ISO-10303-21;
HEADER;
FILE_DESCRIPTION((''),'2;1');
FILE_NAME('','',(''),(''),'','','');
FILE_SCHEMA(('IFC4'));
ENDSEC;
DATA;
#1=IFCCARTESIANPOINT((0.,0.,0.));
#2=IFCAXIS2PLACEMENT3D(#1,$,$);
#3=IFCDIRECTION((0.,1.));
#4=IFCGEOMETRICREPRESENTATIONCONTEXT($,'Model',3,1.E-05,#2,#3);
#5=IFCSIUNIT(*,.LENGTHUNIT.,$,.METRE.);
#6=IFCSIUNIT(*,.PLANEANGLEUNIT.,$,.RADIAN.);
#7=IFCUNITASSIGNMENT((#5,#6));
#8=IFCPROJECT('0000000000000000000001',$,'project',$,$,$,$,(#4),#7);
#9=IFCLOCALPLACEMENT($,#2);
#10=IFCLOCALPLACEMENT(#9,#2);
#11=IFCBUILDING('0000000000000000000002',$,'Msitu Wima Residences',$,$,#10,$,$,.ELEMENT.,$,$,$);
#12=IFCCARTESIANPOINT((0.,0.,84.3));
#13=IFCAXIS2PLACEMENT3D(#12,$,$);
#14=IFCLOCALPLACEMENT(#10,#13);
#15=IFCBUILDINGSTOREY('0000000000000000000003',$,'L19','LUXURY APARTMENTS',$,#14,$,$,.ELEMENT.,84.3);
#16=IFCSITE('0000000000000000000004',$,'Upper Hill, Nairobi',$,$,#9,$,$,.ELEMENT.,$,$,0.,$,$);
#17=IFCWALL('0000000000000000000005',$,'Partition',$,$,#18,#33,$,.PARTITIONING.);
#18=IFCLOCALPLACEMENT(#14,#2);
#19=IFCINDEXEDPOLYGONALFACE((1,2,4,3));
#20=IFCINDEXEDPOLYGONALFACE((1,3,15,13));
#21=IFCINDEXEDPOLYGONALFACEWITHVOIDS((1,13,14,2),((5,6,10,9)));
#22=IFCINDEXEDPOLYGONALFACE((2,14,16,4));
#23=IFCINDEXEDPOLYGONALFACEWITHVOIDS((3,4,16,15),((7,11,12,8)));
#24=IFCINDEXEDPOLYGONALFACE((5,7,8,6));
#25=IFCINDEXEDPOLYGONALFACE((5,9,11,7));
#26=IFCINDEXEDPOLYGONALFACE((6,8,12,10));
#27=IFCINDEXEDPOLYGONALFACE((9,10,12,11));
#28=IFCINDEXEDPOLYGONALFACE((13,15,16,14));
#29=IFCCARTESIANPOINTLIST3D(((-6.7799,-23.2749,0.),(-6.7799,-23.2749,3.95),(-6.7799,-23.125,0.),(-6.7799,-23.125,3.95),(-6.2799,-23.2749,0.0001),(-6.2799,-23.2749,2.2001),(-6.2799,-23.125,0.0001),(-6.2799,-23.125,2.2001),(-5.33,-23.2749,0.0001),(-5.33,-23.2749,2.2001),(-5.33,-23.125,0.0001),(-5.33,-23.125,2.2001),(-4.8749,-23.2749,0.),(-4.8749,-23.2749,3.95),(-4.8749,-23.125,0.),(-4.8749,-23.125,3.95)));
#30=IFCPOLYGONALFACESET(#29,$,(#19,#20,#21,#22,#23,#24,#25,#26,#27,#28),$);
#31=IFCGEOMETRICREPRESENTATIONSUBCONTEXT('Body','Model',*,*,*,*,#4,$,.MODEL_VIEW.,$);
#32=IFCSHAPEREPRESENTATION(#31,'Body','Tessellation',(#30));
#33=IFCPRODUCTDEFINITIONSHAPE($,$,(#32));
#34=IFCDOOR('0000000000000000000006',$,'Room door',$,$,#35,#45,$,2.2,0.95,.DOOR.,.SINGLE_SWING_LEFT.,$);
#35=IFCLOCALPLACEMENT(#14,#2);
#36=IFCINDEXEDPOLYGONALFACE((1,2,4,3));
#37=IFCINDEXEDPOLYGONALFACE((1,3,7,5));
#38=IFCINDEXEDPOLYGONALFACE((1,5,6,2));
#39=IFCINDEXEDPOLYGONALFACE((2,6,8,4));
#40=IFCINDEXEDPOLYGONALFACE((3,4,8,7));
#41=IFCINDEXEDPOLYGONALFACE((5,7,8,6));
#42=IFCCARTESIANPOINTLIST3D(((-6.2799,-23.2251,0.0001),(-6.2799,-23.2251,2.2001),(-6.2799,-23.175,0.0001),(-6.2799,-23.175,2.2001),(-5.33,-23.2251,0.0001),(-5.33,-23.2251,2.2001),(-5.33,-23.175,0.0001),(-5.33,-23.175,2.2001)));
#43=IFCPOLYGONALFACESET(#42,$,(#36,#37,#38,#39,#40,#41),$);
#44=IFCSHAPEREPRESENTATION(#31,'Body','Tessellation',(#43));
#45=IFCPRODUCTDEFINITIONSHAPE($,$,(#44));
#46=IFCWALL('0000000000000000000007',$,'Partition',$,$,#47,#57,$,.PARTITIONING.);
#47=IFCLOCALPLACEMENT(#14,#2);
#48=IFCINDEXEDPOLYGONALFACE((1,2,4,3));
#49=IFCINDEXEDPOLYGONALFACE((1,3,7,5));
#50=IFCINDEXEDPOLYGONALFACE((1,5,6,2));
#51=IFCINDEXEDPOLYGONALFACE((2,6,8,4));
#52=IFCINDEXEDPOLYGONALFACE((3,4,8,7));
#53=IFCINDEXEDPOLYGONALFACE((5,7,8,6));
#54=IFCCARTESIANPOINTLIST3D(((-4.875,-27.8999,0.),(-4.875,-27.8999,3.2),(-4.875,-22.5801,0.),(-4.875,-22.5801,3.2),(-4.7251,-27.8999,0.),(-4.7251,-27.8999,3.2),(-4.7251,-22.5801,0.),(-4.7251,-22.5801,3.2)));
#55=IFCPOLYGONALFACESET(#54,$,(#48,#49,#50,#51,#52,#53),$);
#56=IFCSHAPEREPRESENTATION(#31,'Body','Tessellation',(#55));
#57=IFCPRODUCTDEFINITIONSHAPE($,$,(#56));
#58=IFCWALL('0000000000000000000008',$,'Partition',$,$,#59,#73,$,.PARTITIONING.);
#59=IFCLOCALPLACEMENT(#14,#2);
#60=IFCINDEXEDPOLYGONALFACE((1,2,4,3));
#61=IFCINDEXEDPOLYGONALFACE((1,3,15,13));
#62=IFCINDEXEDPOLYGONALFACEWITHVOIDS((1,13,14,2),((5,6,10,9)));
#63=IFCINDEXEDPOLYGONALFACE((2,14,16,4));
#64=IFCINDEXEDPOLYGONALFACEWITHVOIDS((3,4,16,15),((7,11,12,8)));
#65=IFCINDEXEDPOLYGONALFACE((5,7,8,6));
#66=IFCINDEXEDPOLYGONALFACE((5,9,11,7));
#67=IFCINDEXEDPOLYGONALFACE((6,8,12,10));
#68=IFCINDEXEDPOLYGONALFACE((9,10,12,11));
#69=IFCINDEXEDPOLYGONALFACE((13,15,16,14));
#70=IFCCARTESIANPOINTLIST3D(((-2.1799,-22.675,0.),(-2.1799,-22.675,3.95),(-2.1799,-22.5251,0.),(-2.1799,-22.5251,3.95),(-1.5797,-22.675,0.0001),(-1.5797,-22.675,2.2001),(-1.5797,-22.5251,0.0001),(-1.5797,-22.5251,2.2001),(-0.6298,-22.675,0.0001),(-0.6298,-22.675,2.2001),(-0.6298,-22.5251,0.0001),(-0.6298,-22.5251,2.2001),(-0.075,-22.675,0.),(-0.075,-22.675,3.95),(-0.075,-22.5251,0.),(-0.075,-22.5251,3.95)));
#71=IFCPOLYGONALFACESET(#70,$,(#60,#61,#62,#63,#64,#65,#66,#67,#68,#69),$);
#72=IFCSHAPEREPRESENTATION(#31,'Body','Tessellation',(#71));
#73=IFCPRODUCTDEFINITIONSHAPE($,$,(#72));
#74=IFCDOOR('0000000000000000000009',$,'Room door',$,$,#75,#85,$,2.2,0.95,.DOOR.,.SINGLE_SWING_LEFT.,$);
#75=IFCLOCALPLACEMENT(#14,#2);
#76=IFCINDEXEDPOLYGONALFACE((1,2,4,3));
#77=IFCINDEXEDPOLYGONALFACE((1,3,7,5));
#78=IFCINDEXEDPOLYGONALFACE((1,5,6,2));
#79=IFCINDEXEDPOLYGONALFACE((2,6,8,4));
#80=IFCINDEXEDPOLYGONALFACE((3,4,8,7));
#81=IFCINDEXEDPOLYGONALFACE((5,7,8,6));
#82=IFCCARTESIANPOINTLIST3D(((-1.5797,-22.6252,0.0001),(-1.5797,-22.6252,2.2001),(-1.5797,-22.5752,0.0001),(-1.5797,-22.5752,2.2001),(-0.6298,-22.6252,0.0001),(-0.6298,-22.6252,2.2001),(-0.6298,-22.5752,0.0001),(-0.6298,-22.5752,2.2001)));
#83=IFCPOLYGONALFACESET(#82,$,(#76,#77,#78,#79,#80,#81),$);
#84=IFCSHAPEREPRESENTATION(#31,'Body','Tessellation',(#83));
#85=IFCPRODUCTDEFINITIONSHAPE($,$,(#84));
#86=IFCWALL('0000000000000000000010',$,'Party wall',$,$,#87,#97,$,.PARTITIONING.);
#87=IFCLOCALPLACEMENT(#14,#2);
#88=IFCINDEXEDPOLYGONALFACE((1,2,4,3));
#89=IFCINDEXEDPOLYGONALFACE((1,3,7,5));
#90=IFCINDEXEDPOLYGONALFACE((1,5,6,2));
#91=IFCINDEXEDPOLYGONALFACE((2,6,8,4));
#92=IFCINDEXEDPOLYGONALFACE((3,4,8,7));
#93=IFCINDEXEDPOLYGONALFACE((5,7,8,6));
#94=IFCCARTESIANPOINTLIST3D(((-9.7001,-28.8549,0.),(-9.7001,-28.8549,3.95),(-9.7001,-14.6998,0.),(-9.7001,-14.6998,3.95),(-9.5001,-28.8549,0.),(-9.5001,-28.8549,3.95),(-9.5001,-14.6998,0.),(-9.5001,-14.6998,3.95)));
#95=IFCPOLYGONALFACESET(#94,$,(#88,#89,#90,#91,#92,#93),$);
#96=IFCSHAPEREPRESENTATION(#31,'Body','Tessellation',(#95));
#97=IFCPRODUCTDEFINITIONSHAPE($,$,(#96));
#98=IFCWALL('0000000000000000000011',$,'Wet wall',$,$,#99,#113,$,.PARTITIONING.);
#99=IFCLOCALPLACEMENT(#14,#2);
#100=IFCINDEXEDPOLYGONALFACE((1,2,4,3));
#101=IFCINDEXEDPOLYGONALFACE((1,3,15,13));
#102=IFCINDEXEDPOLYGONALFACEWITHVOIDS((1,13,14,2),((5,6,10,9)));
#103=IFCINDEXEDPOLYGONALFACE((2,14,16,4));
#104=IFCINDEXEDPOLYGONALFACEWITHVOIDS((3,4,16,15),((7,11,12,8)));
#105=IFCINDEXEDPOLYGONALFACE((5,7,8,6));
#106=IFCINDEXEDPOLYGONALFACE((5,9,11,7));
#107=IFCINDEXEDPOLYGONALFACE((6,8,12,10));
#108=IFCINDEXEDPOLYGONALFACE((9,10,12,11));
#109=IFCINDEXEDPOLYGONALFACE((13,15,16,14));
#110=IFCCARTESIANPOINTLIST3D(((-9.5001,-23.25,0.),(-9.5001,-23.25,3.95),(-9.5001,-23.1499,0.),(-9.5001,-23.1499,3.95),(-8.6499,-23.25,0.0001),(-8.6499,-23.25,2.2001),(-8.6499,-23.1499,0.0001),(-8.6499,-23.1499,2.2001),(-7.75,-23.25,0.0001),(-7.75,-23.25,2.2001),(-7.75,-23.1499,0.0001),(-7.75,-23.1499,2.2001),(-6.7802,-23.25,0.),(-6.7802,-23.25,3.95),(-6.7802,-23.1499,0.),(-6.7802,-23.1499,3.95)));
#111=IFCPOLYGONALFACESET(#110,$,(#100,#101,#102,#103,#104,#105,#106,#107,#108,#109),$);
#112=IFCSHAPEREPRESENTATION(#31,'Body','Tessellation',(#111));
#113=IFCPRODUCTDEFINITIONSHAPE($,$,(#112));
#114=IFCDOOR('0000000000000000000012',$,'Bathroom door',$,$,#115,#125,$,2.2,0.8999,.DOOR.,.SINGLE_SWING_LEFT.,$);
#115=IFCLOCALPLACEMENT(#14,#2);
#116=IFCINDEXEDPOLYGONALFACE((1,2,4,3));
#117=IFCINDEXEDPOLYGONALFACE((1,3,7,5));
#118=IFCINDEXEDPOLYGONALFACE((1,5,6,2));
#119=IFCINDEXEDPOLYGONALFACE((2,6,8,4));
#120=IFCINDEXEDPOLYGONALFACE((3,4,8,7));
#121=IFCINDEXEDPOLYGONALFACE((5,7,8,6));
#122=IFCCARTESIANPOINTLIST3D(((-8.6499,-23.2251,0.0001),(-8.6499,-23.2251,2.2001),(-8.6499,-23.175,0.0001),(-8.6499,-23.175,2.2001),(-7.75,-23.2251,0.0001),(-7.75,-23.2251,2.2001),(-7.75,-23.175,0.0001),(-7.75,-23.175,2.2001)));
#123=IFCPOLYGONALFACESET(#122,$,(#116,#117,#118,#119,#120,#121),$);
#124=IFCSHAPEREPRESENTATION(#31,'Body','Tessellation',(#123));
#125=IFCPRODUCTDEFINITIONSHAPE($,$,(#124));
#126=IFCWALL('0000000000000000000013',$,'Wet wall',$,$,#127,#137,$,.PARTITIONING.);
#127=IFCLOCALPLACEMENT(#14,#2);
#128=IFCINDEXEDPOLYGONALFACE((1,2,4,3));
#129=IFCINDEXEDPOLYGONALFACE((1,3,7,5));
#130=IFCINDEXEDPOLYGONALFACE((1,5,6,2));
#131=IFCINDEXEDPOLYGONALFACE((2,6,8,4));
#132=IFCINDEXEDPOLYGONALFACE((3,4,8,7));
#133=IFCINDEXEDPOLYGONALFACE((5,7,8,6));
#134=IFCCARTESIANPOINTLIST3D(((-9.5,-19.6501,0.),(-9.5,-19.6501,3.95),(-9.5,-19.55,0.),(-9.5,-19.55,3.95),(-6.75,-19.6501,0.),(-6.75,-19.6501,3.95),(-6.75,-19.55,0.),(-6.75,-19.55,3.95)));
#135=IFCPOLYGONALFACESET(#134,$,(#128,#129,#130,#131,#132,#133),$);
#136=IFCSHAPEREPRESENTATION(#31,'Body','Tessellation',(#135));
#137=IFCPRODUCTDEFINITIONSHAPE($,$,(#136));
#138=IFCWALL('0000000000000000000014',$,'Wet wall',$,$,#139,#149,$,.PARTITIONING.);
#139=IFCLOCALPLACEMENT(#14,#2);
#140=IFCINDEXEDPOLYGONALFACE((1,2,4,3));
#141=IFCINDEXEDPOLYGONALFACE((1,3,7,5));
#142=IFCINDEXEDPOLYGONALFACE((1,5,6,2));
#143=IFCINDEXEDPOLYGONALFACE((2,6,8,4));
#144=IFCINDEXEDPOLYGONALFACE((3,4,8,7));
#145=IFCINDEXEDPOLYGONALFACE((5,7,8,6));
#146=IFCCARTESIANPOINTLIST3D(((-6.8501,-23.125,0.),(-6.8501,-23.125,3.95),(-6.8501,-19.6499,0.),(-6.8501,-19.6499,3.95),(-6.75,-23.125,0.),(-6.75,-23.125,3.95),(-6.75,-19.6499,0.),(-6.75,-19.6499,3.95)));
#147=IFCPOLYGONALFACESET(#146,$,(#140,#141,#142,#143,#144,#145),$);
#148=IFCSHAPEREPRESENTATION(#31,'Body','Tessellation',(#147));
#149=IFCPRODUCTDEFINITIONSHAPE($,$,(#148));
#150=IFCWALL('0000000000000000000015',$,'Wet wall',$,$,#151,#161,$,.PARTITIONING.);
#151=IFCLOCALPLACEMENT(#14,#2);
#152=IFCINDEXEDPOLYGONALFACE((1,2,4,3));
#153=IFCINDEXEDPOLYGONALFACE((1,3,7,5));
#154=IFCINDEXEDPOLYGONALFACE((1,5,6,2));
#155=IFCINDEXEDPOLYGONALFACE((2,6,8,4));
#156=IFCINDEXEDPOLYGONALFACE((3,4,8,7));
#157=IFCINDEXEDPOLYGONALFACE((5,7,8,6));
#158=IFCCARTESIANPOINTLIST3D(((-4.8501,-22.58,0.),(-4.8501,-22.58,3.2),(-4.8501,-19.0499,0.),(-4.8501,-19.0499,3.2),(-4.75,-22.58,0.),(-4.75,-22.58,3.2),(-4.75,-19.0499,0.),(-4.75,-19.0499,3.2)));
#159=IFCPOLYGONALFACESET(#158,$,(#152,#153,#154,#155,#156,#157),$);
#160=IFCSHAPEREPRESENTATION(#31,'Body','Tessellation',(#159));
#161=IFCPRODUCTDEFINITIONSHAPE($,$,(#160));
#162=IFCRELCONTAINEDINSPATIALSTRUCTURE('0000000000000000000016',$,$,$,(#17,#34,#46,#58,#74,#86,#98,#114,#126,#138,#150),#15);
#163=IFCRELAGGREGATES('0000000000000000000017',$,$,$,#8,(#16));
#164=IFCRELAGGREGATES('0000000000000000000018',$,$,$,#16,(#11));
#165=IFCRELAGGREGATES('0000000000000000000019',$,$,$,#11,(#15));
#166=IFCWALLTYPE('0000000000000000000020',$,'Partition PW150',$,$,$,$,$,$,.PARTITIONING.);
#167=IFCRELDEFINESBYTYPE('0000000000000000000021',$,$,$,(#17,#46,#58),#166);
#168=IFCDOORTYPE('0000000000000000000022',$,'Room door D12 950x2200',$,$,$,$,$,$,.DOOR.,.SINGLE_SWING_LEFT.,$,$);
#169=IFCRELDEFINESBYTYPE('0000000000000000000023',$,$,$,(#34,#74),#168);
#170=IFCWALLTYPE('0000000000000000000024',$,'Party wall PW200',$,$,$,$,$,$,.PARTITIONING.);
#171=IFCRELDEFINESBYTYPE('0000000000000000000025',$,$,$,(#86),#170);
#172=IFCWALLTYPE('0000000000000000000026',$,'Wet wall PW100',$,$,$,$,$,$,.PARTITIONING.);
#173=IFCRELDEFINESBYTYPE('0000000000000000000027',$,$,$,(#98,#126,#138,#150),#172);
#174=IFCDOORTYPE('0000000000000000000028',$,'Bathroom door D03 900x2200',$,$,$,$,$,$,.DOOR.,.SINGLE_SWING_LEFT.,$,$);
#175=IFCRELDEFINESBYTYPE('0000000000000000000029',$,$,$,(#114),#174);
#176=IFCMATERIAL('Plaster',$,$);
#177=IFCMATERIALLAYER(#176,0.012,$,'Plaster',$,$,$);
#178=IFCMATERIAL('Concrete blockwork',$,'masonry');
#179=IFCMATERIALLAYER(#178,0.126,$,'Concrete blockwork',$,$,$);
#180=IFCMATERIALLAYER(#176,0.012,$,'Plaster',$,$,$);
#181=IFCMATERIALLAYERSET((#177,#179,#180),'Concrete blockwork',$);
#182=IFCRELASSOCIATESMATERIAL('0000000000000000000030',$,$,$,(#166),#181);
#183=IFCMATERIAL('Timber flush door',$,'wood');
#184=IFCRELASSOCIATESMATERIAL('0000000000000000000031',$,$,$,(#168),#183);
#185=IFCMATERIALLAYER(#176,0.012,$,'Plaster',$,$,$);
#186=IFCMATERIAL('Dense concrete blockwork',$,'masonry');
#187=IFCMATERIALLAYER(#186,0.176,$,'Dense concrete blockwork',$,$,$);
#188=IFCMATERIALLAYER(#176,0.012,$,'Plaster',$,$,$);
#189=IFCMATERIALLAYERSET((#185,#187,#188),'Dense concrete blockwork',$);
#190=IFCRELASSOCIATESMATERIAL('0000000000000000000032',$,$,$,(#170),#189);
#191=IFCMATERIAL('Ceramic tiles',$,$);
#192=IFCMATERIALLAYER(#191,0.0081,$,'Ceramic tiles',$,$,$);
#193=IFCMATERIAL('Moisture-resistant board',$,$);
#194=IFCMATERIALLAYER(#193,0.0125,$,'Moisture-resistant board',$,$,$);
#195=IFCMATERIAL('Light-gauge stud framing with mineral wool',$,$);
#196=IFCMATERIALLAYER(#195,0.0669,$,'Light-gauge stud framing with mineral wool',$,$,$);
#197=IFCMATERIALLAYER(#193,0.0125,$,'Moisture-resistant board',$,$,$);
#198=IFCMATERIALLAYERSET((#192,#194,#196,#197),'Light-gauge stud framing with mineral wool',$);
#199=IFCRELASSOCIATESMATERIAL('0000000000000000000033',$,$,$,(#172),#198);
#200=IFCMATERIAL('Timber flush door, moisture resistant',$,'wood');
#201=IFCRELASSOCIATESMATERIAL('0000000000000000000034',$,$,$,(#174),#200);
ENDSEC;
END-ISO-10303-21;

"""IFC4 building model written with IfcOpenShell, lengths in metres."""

from ifc_helpers import new_model, si_unit, direction, frame, frame_2d, origin, place, context, subcontext, project, spatial, rectangle, extrude, material, layer, layer_set, type_object, element, fill, save


model = new_model("IFC4")

# Units and contexts
model_context = context("Model", 3, precision=1e-05, world=origin(), true_north=direction((0.0, 1.0)))
body_context = subcontext(model_context, "Body", "Model", "MODEL_VIEW")
ifc_project = project(units=[si_unit("LENGTHUNIT", "METRE"), si_unit("PLANEANGLEUNIT", "RADIAN")], contexts=[model_context])

# Site, building, storey
site_placement = place(None, origin())
site = spatial("IfcSite", under=ifc_project, at=site_placement, Name="Upper Hill, Nairobi", CompositionType="ELEMENT", RefElevation=0.0)
building_placement = place(site_placement, origin())
building = spatial("IfcBuilding", under=site, at=building_placement, Name="Msitu Wima Residences", CompositionType="ELEMENT")
storey_placement = place(building_placement, frame((0.0, 0.0, 84.3)))
storey = spatial("IfcBuildingStorey", under=building, at=storey_placement, Name="L19", Description="LUXURY APARTMENTS", CompositionType="ELEMENT", Elevation=84.3)

# Shared definitions
ifc_material_1 = material(Name="Plaster")
ifc_layer_1 = layer(ifc_material_1, 0.012, Name="Plaster")
ifc_material_2 = material(Name="Concrete blockwork", Category="masonry")
ifc_layer_2 = layer(ifc_material_2, 0.126, Name="Concrete blockwork")
ifc_layer_3 = layer(ifc_material_1, 0.012, Name="Plaster")
ifc_layer_set_1 = layer_set([ifc_layer_1, ifc_layer_2, ifc_layer_3], Name="Concrete blockwork")
wall_type_1 = type_object("IfcWallType", Name="Partition PW150", PredefinedType="PARTITIONING", material=ifc_layer_set_1)

# Wall, opening, door
wall_1_placement = place(storey_placement, frame((-6.78, -23.2, 0.0), z_axis=(0.0, 0.0, 1.0), x_axis=(1.0, 0.0, 0.0)))
wall_1 = element("IfcWall", 1, at=wall_1_placement, inside=storey, type_object=wall_type_1, Name="Partition", PredefinedType="PARTITIONING", context=body_context, shape_type="SweptSolid", body=[
    extrude(rectangle(XDim=1.905, YDim=0.1499, at=frame_2d((0.9526, 0.0))), origin(), (0.0, 0.0, 1.0), 3.95),
])
opening_1_placement = place(wall_1_placement, frame((0.5, 0.0, 0.0)))
opening_1 = element("IfcOpeningElement", 2, at=opening_1_placement, cuts=wall_1, PredefinedType="OPENING", context=body_context, shape_type="SweptSolid", body=[
    extrude(rectangle(XDim=0.95, YDim=2.2, at=frame_2d((0.4751, 1.1001))), frame((0.0, 0.085, 0.0), z_axis=(0.0, -1.0, 0.0), x_axis=(1.0, 0.0, 0.0)), (0.0, 0.0, 1.0), 0.1699),
])
ifc_material_3 = material(Name="Timber flush door", Category="wood")
door_type_1 = type_object("IfcDoorType", Name="Room door D12 950x2200", OperationType="SINGLE_SWING_LEFT", PredefinedType="DOOR", material=ifc_material_3)
door_1_placement = place(opening_1_placement, origin())
door_1 = element("IfcDoor", 3, at=door_1_placement, inside=storey, type_object=door_type_1, Name="Room door", OperationType="SINGLE_SWING_LEFT", OverallHeight=2.2, OverallWidth=0.95, PredefinedType="DOOR", context=body_context, shape_type="SweptSolid", body=[
    extrude(rectangle(XDim=0.95, YDim=2.2, at=frame_2d((0.4751, 1.1001))), frame((0.0, 0.0249, 0.0), z_axis=(0.0, -1.0, 0.0), x_axis=(1.0, 0.0, 0.0)), (0.0, 0.0, 1.0), 0.05),
])
fill(opening_1, door_1)

# Wall
wall_2_placement = place(storey_placement, frame((-4.8, -27.8999, 0.0), z_axis=(0.0, 0.0, 1.0), x_axis=(0.0, 1.0, 0.0)))
element("IfcWall", 4, at=wall_2_placement, inside=storey, type_object=wall_type_1, Name="Partition", PredefinedType="PARTITIONING", context=body_context, shape_type="SweptSolid", body=[
    extrude(rectangle(XDim=5.3198, YDim=0.1499, at=frame_2d((2.6599, 0.0))), origin(), (0.0, 0.0, 1.0), 3.2),
])

# Wall, opening, door
wall_3_placement = place(storey_placement, frame((-2.1799, -22.6001, 0.0), z_axis=(0.0, 0.0, 1.0), x_axis=(1.0, 0.0, 0.0)))
wall_3 = element("IfcWall", 5, at=wall_3_placement, inside=storey, type_object=wall_type_1, Name="Partition", PredefinedType="PARTITIONING", context=body_context, shape_type="SweptSolid", body=[
    extrude(rectangle(XDim=2.105, YDim=0.1499, at=frame_2d((1.0525, 0.0))), origin(), (0.0, 0.0, 1.0), 3.95),
])
opening_2_placement = place(wall_3_placement, frame((0.6001, 0.0, 0.0)))
opening_2 = element("IfcOpeningElement", 6, at=opening_2_placement, cuts=wall_3, PredefinedType="OPENING", context=body_context, shape_type="SweptSolid", body=[
    extrude(rectangle(XDim=0.95, YDim=2.2, at=frame_2d((0.4751, 1.1001))), frame((0.0, 0.085, 0.0), z_axis=(0.0, -1.0, 0.0), x_axis=(1.0, 0.0, 0.0)), (0.0, 0.0, 1.0), 0.1699),
])
door_2_placement = place(opening_2_placement, origin())
door_2 = element("IfcDoor", 7, at=door_2_placement, inside=storey, type_object=door_type_1, Name="Room door", OperationType="SINGLE_SWING_LEFT", OverallHeight=2.2, OverallWidth=0.95, PredefinedType="DOOR", context=body_context, shape_type="SweptSolid", body=[
    extrude(rectangle(XDim=0.95, YDim=2.2, at=frame_2d((0.4751, 1.1001))), frame((0.0, 0.0249, 0.0), z_axis=(0.0, -1.0, 0.0), x_axis=(1.0, 0.0, 0.0)), (0.0, 0.0, 1.0), 0.05),
])
fill(opening_2, door_2)

# Wall
ifc_layer_4 = layer(ifc_material_1, 0.012, Name="Plaster")
ifc_material_4 = material(Name="Dense concrete blockwork", Category="masonry")
ifc_layer_5 = layer(ifc_material_4, 0.176, Name="Dense concrete blockwork")
ifc_layer_6 = layer(ifc_material_1, 0.012, Name="Plaster")
ifc_layer_set_2 = layer_set([ifc_layer_4, ifc_layer_5, ifc_layer_6], Name="Dense concrete blockwork")
wall_type_2 = type_object("IfcWallType", Name="Party wall PW200", PredefinedType="PARTITIONING", material=ifc_layer_set_2)
wall_4_placement = place(storey_placement, frame((-9.6001, -28.855, 0.0), z_axis=(0.0, 0.0, 1.0), x_axis=(0.0, 1.0, 0.0)))
element("IfcWall", 8, at=wall_4_placement, inside=storey, type_object=wall_type_2, Name="Party wall", PredefinedType="PARTITIONING", context=body_context, shape_type="SweptSolid", body=[
    extrude(rectangle(XDim=14.155, YDim=0.2, at=frame_2d((7.0776, 0.0))), origin(), (0.0, 0.0, 1.0), 3.95),
])

# Wall, opening, door
ifc_material_5 = material(Name="Ceramic tiles")
ifc_layer_7 = layer(ifc_material_5, 0.0081, Name="Ceramic tiles")
ifc_material_6 = material(Name="Moisture-resistant board")
ifc_layer_8 = layer(ifc_material_6, 0.0125, Name="Moisture-resistant board")
ifc_material_7 = material(Name="Light-gauge stud framing with mineral wool")
ifc_layer_9 = layer(ifc_material_7, 0.0669, Name="Light-gauge stud framing with mineral wool")
ifc_layer_10 = layer(ifc_material_6, 0.0125, Name="Moisture-resistant board")
ifc_layer_set_3 = layer_set([ifc_layer_7, ifc_layer_8, ifc_layer_9, ifc_layer_10], Name="Light-gauge stud framing with mineral wool")
wall_type_3 = type_object("IfcWallType", Name="Wet wall PW100", PredefinedType="PARTITIONING", material=ifc_layer_set_3)
wall_5_placement = place(storey_placement, frame((-9.5, -23.2, 0.0), z_axis=(0.0, 0.0, 1.0), x_axis=(1.0, 0.0, 0.0)))
wall_5 = element("IfcWall", 9, at=wall_5_placement, inside=storey, type_object=wall_type_3, Name="Wet wall", PredefinedType="PARTITIONING", context=body_context, shape_type="SweptSolid", body=[
    extrude(rectangle(XDim=2.72, YDim=0.1001, at=frame_2d((1.3599, 0.0))), origin(), (0.0, 0.0, 1.0), 3.95),
])
opening_3_placement = place(wall_5_placement, frame((0.8501, 0.0, 0.0)))
opening_3 = element("IfcOpeningElement", 10, at=opening_3_placement, cuts=wall_5, PredefinedType="OPENING", context=body_context, shape_type="SweptSolid", body=[
    extrude(rectangle(XDim=0.8999, YDim=2.2, at=frame_2d((0.45, 1.1001))), frame((0.0, 0.0601, 0.0), z_axis=(0.0, -1.0, 0.0), x_axis=(1.0, 0.0, 0.0)), (0.0, 0.0, 1.0), 0.1201),
])
ifc_material_8 = material(Name="Timber flush door, moisture resistant", Category="wood")
door_type_2 = type_object("IfcDoorType", Name="Bathroom door D03 900x2200", OperationType="SINGLE_SWING_LEFT", PredefinedType="DOOR", material=ifc_material_8)
door_3_placement = place(opening_3_placement, origin())
door_3 = element("IfcDoor", 11, at=door_3_placement, inside=storey, type_object=door_type_2, Name="Bathroom door", OperationType="SINGLE_SWING_LEFT", OverallHeight=2.2, OverallWidth=0.8999, PredefinedType="DOOR", context=body_context, shape_type="SweptSolid", body=[
    extrude(rectangle(XDim=0.8999, YDim=2.2, at=frame_2d((0.45, 1.1001))), frame((0.0, 0.0249, 0.0), z_axis=(0.0, -1.0, 0.0), x_axis=(1.0, 0.0, 0.0)), (0.0, 0.0, 1.0), 0.05),
])
fill(opening_3, door_3)

# Walls
wall_6_placement = place(storey_placement, frame((-9.5, -19.6001, 0.0), z_axis=(0.0, 0.0, 1.0), x_axis=(1.0, 0.0, 0.0)))
element("IfcWall", 12, at=wall_6_placement, inside=storey, type_object=wall_type_3, Name="Wet wall", PredefinedType="PARTITIONING", context=body_context, shape_type="SweptSolid", body=[
    extrude(rectangle(XDim=2.75, YDim=0.1001, at=frame_2d((1.375, 0.0))), origin(), (0.0, 0.0, 1.0), 3.95),
])
wall_7_placement = place(storey_placement, frame((-6.8, -23.125, 0.0), z_axis=(0.0, 0.0, 1.0), x_axis=(0.0, 1.0, 0.0)))
element("IfcWall", 13, at=wall_7_placement, inside=storey, type_object=wall_type_3, Name="Wet wall", PredefinedType="PARTITIONING", context=body_context, shape_type="SweptSolid", body=[
    extrude(rectangle(XDim=3.4751, YDim=0.1001, at=frame_2d((1.7375, 0.0))), origin(), (0.0, 0.0, 1.0), 3.95),
])
wall_8_placement = place(storey_placement, frame((-4.8, -22.5801, 0.0), z_axis=(0.0, 0.0, 1.0), x_axis=(0.0, 1.0, 0.0)))
element("IfcWall", 14, at=wall_8_placement, inside=storey, type_object=wall_type_3, Name="Wet wall", PredefinedType="PARTITIONING", context=body_context, shape_type="SweptSolid", body=[
    extrude(rectangle(XDim=3.53, YDim=0.1001, at=frame_2d((1.7651, 0.0))), origin(), (0.0, 0.0, 1.0), 3.2),
])

save(model, "model.ifc")
